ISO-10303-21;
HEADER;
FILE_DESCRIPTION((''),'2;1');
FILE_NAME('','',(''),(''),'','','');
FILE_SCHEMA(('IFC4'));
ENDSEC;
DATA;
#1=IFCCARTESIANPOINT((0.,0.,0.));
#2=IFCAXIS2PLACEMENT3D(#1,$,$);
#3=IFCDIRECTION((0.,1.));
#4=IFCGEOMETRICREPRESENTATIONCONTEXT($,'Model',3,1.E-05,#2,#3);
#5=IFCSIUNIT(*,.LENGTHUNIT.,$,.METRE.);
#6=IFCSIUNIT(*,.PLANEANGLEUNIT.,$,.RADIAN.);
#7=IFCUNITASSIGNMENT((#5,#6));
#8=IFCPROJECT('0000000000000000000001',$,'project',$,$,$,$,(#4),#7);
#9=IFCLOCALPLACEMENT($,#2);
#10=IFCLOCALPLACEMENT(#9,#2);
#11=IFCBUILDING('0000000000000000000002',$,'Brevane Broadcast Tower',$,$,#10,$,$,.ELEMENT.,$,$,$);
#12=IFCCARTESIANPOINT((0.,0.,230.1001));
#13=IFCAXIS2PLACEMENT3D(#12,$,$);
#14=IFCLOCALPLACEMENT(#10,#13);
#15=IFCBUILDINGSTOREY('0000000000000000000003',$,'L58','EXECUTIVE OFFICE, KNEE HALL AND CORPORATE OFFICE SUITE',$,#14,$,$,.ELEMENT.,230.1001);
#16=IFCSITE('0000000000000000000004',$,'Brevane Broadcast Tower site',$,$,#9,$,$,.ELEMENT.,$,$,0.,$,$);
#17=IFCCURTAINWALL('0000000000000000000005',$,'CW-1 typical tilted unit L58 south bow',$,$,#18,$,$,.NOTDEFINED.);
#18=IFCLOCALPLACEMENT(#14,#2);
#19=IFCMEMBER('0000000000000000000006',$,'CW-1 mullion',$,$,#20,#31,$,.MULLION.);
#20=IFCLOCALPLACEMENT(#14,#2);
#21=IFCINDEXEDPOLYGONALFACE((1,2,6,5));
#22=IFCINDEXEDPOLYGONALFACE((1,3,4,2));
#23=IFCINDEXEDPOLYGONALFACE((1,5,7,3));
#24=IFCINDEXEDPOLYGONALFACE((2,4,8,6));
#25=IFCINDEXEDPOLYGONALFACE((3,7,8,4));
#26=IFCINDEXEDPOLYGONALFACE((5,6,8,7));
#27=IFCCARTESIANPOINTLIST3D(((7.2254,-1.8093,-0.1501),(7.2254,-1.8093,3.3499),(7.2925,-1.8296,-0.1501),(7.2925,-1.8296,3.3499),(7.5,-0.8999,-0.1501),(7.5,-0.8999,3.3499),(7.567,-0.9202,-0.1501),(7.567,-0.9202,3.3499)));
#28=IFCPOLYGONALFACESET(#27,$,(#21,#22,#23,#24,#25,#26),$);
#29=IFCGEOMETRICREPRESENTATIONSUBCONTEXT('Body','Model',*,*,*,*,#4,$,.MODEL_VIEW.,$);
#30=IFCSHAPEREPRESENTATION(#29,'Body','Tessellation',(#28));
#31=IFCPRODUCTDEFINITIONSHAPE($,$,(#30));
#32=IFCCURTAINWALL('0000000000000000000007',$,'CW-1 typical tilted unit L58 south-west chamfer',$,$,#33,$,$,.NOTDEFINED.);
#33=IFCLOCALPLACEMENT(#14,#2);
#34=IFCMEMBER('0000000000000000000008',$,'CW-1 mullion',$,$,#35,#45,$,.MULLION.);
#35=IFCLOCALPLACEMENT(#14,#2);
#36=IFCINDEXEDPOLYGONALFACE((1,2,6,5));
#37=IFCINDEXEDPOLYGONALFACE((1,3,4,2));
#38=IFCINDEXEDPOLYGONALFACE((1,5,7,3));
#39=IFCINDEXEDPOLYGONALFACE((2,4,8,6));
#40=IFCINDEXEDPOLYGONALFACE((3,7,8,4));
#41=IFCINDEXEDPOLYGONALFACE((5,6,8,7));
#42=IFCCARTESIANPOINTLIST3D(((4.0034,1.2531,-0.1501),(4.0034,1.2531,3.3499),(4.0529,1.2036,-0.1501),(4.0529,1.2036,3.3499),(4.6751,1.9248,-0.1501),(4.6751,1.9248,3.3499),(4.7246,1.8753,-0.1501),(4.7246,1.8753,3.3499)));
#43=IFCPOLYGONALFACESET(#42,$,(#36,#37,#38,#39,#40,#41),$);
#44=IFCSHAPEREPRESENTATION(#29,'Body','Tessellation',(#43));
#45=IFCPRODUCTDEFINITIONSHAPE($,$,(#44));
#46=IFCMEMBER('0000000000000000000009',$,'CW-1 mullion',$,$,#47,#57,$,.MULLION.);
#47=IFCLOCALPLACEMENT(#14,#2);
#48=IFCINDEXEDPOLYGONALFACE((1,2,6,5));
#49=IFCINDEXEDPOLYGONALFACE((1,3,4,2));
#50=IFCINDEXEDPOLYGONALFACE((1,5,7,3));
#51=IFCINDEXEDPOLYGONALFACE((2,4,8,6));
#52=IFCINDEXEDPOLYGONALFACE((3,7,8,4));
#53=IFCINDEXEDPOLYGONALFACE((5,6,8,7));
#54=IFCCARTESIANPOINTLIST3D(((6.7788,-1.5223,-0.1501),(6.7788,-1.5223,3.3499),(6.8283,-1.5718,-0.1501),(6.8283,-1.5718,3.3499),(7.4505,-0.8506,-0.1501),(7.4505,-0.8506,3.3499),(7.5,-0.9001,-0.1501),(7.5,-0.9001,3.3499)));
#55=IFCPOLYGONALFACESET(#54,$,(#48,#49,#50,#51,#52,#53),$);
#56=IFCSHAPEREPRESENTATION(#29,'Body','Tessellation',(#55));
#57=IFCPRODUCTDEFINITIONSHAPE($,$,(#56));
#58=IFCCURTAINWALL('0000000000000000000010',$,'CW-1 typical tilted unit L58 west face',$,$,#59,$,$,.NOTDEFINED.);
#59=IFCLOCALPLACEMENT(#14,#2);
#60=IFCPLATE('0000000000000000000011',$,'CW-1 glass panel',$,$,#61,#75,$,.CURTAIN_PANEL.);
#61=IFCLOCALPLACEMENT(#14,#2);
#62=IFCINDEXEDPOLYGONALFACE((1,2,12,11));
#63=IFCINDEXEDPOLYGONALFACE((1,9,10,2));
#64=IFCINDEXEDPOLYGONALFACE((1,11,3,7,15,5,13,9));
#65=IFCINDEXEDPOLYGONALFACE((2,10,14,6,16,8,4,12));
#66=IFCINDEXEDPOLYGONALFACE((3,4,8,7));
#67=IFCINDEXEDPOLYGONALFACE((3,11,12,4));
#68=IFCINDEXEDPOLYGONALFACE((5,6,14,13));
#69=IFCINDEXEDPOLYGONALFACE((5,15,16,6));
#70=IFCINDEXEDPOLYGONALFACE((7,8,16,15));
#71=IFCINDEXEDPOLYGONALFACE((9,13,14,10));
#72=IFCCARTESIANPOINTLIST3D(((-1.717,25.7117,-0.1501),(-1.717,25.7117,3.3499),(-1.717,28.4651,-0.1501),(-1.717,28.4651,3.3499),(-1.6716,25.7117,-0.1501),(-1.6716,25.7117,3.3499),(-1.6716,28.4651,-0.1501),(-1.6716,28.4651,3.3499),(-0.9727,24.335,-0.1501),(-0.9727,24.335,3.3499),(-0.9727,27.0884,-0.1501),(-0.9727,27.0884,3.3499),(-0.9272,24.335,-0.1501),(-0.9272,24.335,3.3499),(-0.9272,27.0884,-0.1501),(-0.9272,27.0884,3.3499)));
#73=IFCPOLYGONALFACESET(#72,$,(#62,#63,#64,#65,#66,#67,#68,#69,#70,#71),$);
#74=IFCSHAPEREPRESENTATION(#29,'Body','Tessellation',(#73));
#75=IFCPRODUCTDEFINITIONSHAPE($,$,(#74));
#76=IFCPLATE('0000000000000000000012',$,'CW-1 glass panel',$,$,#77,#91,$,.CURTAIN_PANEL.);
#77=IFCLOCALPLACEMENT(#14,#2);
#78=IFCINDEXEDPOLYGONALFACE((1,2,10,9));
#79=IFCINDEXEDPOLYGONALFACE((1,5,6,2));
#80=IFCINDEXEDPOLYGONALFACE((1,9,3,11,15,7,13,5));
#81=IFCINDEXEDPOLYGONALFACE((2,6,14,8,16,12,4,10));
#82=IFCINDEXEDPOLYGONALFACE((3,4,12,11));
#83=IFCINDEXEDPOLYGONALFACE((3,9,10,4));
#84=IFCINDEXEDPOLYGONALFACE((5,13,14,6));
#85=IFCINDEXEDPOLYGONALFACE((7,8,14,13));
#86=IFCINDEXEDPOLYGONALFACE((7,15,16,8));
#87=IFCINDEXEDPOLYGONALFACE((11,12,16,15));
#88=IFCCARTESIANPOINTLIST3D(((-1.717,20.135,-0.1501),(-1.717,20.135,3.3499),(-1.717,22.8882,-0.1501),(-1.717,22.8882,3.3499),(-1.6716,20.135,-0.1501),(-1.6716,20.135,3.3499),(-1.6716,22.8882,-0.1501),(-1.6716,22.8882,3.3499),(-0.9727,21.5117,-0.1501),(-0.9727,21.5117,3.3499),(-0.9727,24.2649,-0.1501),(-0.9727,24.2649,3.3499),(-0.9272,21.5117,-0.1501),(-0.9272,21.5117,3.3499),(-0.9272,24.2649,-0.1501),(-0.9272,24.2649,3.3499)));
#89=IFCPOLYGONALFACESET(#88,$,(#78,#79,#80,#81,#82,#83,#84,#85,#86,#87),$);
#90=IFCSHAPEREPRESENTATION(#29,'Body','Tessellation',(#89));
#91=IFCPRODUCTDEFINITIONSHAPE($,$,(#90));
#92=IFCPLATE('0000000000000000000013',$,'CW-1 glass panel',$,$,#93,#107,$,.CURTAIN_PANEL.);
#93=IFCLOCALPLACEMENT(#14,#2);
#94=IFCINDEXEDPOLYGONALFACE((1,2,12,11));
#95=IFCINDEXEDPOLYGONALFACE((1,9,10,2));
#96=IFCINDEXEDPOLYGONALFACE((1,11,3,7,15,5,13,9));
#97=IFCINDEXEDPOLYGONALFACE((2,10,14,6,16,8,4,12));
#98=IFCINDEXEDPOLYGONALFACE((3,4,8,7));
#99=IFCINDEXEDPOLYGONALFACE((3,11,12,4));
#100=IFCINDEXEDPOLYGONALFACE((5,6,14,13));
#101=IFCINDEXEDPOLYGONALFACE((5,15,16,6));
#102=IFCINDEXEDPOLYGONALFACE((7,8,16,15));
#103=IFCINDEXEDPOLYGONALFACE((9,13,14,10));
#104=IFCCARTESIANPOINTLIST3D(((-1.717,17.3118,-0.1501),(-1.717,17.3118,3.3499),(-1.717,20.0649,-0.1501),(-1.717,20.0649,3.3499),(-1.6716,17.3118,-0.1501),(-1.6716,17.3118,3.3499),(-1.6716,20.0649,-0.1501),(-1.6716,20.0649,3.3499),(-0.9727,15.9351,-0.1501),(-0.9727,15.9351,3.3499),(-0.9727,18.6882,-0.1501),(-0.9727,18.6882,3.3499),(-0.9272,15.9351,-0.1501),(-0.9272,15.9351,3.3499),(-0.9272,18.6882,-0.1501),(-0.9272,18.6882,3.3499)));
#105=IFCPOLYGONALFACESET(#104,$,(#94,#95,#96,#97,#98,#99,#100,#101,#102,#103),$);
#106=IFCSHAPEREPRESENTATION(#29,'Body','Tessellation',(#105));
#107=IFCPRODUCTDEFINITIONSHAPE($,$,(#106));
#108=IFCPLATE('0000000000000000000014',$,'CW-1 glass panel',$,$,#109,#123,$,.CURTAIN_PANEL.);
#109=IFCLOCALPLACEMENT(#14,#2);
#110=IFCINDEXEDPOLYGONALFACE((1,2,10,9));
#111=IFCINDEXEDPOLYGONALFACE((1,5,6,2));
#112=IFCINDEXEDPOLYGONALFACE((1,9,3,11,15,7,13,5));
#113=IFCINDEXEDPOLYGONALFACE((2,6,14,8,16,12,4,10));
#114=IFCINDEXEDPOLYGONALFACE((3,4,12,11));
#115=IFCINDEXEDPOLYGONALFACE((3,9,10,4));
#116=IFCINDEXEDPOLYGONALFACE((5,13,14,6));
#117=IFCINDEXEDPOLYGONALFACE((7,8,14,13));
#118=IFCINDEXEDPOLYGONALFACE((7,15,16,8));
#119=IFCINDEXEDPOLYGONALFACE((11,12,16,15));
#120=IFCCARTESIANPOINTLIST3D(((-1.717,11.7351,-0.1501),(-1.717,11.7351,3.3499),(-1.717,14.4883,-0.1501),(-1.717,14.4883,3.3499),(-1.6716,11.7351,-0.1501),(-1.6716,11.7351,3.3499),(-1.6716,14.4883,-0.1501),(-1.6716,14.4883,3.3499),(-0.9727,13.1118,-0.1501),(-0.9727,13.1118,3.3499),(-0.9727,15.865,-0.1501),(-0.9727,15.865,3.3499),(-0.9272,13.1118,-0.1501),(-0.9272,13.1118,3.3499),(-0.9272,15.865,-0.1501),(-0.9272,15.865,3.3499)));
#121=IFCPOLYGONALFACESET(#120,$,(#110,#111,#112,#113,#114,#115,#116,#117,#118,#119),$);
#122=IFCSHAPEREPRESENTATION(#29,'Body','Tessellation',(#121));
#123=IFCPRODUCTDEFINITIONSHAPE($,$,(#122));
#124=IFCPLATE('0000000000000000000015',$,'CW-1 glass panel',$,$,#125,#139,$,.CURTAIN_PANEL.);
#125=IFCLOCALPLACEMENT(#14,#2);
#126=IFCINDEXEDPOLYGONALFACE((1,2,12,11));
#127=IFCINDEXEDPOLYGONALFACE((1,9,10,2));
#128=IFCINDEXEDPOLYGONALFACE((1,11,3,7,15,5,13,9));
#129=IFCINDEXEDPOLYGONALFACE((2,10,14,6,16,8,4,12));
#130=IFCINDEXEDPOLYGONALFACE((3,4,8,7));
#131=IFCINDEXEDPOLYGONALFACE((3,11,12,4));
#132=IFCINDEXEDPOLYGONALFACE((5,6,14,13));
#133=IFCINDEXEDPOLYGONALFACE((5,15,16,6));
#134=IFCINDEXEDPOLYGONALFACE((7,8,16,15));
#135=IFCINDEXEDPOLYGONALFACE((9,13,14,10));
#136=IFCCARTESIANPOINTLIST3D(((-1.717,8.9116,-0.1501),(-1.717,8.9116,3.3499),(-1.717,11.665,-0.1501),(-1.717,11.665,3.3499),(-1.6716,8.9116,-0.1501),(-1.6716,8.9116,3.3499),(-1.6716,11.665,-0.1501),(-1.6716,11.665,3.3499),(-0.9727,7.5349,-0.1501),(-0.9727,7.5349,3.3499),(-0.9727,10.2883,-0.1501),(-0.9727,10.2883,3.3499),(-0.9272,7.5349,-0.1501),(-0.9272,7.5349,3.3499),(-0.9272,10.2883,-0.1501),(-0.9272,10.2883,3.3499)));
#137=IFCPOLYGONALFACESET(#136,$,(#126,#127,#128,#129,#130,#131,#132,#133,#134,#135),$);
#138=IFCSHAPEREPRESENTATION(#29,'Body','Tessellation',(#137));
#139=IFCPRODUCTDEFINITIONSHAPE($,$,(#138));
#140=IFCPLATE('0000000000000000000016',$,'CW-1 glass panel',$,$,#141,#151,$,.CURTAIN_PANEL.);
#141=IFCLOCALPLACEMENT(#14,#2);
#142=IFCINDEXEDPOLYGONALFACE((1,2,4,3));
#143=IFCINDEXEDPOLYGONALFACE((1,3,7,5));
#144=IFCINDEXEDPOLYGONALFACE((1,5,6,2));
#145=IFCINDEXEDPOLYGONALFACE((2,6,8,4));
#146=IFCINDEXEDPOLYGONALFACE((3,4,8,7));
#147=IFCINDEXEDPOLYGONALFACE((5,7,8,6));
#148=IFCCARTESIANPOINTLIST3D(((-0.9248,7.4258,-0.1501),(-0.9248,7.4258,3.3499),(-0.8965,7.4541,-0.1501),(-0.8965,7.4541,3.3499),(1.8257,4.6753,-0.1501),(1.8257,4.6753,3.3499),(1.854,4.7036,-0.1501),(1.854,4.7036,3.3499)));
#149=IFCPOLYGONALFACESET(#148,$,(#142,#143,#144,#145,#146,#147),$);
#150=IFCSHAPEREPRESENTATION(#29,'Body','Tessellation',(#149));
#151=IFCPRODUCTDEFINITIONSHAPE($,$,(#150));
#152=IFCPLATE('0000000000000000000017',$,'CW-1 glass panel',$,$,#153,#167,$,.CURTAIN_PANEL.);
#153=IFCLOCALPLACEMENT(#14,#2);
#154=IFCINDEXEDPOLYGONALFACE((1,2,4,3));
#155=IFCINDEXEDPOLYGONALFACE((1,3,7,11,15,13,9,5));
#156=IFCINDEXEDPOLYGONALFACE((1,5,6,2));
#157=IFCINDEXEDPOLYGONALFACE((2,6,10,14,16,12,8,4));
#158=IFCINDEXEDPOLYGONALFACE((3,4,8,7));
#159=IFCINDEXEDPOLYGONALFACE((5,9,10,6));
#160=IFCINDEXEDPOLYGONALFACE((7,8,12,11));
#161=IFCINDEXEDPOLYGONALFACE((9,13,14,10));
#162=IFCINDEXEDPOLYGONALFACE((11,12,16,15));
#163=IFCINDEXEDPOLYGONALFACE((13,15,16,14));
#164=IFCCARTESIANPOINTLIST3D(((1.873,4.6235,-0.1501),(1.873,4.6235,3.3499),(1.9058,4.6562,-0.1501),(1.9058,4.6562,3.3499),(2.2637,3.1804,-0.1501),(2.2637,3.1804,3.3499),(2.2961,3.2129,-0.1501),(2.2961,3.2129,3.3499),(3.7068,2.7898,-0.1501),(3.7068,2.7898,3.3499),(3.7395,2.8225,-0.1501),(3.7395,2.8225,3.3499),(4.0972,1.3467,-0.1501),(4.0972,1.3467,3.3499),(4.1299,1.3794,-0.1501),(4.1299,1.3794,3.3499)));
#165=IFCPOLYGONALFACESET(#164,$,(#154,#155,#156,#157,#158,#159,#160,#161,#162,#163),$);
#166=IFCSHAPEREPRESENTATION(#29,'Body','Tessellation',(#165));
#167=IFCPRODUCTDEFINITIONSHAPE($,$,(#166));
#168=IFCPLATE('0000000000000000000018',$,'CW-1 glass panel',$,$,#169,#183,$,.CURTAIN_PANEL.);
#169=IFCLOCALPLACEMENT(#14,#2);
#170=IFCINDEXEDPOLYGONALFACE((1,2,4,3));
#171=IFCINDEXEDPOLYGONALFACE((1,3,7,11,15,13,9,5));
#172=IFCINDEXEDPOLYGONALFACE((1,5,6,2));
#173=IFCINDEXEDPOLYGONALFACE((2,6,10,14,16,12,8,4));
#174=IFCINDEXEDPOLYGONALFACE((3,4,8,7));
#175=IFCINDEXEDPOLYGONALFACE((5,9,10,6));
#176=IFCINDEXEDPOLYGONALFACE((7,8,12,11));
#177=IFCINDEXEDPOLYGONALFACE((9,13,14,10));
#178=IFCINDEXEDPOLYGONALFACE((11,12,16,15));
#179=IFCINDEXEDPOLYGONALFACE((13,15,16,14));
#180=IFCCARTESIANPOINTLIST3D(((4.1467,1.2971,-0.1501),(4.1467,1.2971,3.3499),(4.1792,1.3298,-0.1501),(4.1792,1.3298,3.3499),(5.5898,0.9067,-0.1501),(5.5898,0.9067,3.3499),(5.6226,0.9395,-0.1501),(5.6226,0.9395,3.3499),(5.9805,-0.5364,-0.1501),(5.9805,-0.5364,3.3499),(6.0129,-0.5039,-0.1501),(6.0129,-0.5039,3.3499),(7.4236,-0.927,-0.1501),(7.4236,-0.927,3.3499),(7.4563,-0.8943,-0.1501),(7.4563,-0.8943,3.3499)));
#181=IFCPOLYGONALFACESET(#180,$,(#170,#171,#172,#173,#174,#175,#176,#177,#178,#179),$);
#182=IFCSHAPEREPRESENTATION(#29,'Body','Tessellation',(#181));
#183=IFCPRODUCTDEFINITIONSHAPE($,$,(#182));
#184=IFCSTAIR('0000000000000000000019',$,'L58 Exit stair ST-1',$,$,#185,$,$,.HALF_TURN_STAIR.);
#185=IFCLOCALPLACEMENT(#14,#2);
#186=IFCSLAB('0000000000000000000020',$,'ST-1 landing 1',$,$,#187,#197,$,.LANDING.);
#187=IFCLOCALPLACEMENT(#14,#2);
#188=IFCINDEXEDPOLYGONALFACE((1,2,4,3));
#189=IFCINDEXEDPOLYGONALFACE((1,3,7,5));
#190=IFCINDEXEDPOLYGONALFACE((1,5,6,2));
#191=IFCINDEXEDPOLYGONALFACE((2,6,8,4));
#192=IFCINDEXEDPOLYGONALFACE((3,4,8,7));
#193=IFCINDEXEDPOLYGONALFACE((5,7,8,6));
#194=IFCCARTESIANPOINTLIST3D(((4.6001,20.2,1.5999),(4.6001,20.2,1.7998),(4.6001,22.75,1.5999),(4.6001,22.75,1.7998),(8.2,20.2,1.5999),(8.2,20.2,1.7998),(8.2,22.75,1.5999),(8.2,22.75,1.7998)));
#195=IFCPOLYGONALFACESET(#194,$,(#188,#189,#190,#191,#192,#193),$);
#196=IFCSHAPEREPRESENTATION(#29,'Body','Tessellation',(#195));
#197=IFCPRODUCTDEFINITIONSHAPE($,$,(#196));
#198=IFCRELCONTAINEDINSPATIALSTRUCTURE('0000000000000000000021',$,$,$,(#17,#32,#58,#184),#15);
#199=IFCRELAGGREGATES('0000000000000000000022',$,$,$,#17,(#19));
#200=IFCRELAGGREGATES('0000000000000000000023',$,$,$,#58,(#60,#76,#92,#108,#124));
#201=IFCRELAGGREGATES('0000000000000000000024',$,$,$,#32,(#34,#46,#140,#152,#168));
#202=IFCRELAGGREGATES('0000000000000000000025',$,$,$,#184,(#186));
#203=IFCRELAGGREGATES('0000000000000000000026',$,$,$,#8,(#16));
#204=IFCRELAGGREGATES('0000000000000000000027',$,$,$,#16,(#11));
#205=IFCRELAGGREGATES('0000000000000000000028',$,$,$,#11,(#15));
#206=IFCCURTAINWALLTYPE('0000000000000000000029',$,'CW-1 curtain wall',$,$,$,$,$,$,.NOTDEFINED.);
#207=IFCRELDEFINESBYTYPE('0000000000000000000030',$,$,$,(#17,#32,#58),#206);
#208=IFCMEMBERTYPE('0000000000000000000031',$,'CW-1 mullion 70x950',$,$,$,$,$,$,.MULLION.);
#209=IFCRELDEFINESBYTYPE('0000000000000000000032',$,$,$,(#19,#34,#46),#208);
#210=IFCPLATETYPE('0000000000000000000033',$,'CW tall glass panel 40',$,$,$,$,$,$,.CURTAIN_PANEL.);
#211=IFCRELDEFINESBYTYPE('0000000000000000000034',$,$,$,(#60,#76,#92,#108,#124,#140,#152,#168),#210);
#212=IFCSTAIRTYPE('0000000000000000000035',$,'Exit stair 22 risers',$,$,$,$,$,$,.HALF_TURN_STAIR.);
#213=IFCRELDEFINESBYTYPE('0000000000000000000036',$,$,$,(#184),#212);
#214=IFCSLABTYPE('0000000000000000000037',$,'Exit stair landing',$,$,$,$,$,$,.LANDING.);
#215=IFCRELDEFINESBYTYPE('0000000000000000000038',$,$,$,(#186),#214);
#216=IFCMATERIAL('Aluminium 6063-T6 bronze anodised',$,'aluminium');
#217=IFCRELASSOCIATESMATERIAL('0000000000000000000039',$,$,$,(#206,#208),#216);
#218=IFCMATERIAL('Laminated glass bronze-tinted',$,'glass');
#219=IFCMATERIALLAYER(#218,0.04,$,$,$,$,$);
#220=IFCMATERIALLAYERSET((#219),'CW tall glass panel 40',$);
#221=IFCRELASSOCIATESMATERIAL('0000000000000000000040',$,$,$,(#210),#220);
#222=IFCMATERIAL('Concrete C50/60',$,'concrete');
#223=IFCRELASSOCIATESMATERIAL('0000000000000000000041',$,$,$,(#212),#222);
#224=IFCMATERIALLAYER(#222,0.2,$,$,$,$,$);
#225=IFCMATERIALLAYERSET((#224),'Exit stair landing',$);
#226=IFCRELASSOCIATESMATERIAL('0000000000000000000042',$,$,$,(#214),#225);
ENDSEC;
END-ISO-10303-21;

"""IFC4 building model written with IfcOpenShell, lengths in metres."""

from ifc_helpers import new_model, si_unit, direction, frame, origin, origin_2d, place, context, subcontext, project, spatial, polyline, rectangle, outline, extrude, material, layer, layer_set, material_profile, profile_set, type_object, element, aggregate, save


model = new_model("IFC4")

# Units and contexts
model_context = context("Model", 3, precision=1e-05, world=origin(), true_north=direction((0.0, 1.0)))
body_context = subcontext(model_context, "Body", "Model", "MODEL_VIEW")
ifc_project = project(units=[si_unit("LENGTHUNIT", "METRE"), si_unit("PLANEANGLEUNIT", "RADIAN")], contexts=[model_context])

# Site, building, storey
site_placement = place(None, origin())
site = spatial("IfcSite", under=ifc_project, at=site_placement, Name="Brevane Broadcast Tower site", CompositionType="ELEMENT", RefElevation=0.0)
building_placement = place(site_placement, origin())
building = spatial("IfcBuilding", under=site, at=building_placement, Name="Brevane Broadcast Tower", CompositionType="ELEMENT")
storey_placement = place(building_placement, frame((0.0, 0.0, 230.1001)))
storey = spatial("IfcBuildingStorey", under=building, at=storey_placement, Name="L58", Description="EXECUTIVE OFFICE, KNEE HALL AND CORPORATE OFFICE SUITE", CompositionType="ELEMENT", Elevation=230.1001)

# Curtain wall, member
ifc_material_1 = material(Name="Aluminium 6063-T6 bronze anodised", Category="aluminium")
curtain_wall_type = type_object("IfcCurtainWallType", Name="CW-1 curtain wall", PredefinedType="NOTDEFINED", material=ifc_material_1)
curtain_wall_1_placement = place(storey_placement, origin())
curtain_wall_1 = element("IfcCurtainWall", 1, at=curtain_wall_1_placement, inside=storey, type_object=curtain_wall_type, Name="CW-1 typical tilted unit L58 south bow", PredefinedType="NOTDEFINED")
ifc_material_profile = material_profile(ifc_material_1, rectangle(XDim=0.95, YDim=0.0701, at=origin_2d()), Name="RECT 70x950")
ifc_profile_set = profile_set([ifc_material_profile], Name="Aluminium 6063-T6 bronze anodised")
member_type = type_object("IfcMemberType", Name="CW-1 mullion 70x950", PredefinedType="MULLION", material=ifc_profile_set)
member_1_placement = place(storey_placement, frame((7.3962, -1.3647, -0.1501), z_axis=(0.0, 0.0, 1.0), x_axis=(0.288968, 0.957339, 0.0)))
member_1 = element("IfcMember", 2, at=member_1_placement, type_object=member_type, Name="CW-1 mullion", PredefinedType="MULLION", context=body_context, shape_type="SweptSolid", body=[
    extrude(rectangle(XDim=0.95, YDim=0.0701, at=origin_2d()), origin(), (0.0, 0.0, 1.0), 3.5),
])
aggregate(curtain_wall_1, [member_1])

# Curtain wall, members
curtain_wall_2_placement = place(storey_placement, origin())
curtain_wall_2 = element("IfcCurtainWall", 3, at=curtain_wall_2_placement, inside=storey, type_object=curtain_wall_type, Name="CW-1 typical tilted unit L58 south-west chamfer", PredefinedType="NOTDEFINED")
member_2_placement = place(storey_placement, frame((4.364, 1.5642, -0.1501), z_axis=(0.0, 0.0, 1.0), x_axis=(0.707107, 0.707107, 0.0)))
member_2 = element("IfcMember", 4, at=member_2_placement, type_object=member_type, Name="CW-1 mullion", PredefinedType="MULLION", context=body_context, shape_type="SweptSolid", body=[
    extrude(rectangle(XDim=0.95, YDim=0.0701, at=origin_2d()), origin(), (0.0, 0.0, 1.0), 3.5),
])
member_3_placement = place(storey_placement, frame((7.1394, -1.2112, -0.1501), z_axis=(0.0, 0.0, 1.0), x_axis=(0.707107, 0.707107, 0.0)))
member_3 = element("IfcMember", 5, at=member_3_placement, type_object=member_type, Name="CW-1 mullion", PredefinedType="MULLION", context=body_context, shape_type="SweptSolid", body=[
    extrude(rectangle(XDim=0.95, YDim=0.0701, at=origin_2d()), origin(), (0.0, 0.0, 1.0), 3.5),
])

# Curtain wall, plates
curtain_wall_3_placement = place(storey_placement, origin())
curtain_wall_3 = element("IfcCurtainWall", 6, at=curtain_wall_3_placement, inside=storey, type_object=curtain_wall_type, Name="CW-1 typical tilted unit L58 west face", PredefinedType="NOTDEFINED")
ifc_material_2 = material(Name="Laminated glass bronze-tinted", Category="glass")
ifc_layer_1 = layer(ifc_material_2, 0.04)
ifc_layer_set_1 = layer_set([ifc_layer_1], Name="CW tall glass panel 40")
plate_type = type_object("IfcPlateType", Name="CW tall glass panel 40", PredefinedType="CURTAIN_PANEL", material=ifc_layer_set_1)
plate_1_placement = place(storey_placement, frame((0.0, 0.0, -0.1501)))
plate_1 = element("IfcPlate", 7, at=plate_1_placement, type_object=plate_type, Name="CW-1 glass panel", PredefinedType="CURTAIN_PANEL", context=body_context, shape_type="SweptSolid", body=[
    extrude(outline(polyline([(-1.6716, 28.4651), (-1.717, 28.4651), (-0.9727, 27.0884), (-1.717, 25.7117), (-0.9727, 24.335), (-0.9272, 24.335), (-1.6716, 25.7117), (-0.9272, 27.0884), (-1.6716, 28.4651)])), origin(), (0.0, 0.0, 1.0), 3.5),
])
plate_2_placement = place(storey_placement, frame((0.0, 0.0, -0.1501)))
plate_2 = element("IfcPlate", 8, at=plate_2_placement, type_object=plate_type, Name="CW-1 glass panel", PredefinedType="CURTAIN_PANEL", context=body_context, shape_type="SweptSolid", body=[
    extrude(outline(polyline([(-0.9272, 24.2649), (-0.9727, 24.2649), (-1.717, 22.8882), (-0.9727, 21.5117), (-1.717, 20.135), (-1.6716, 20.135), (-0.9272, 21.5117), (-1.6716, 22.8882), (-0.9272, 24.2649)])), origin(), (0.0, 0.0, 1.0), 3.5),
])
plate_3_placement = place(storey_placement, frame((0.0, 0.0, -0.1501)))
plate_3 = element("IfcPlate", 9, at=plate_3_placement, type_object=plate_type, Name="CW-1 glass panel", PredefinedType="CURTAIN_PANEL", context=body_context, shape_type="SweptSolid", body=[
    extrude(outline(polyline([(-1.6716, 20.0649), (-1.717, 20.0649), (-0.9727, 18.6882), (-1.717, 17.3118), (-0.9727, 15.9351), (-0.9272, 15.9351), (-1.6716, 17.3118), (-0.9272, 18.6882), (-1.6716, 20.0649)])), origin(), (0.0, 0.0, 1.0), 3.5),
])
plate_4_placement = place(storey_placement, frame((0.0, 0.0, -0.1501)))
plate_4 = element("IfcPlate", 10, at=plate_4_placement, type_object=plate_type, Name="CW-1 glass panel", PredefinedType="CURTAIN_PANEL", context=body_context, shape_type="SweptSolid", body=[
    extrude(outline(polyline([(-0.9272, 15.865), (-0.9727, 15.865), (-1.717, 14.4883), (-0.9727, 13.1118), (-1.717, 11.7351), (-1.6716, 11.7351), (-0.9272, 13.1118), (-1.6716, 14.4883), (-0.9272, 15.865)])), origin(), (0.0, 0.0, 1.0), 3.5),
])
plate_5_placement = place(storey_placement, frame((0.0, 0.0, -0.1501)))
plate_5 = element("IfcPlate", 11, at=plate_5_placement, type_object=plate_type, Name="CW-1 glass panel", PredefinedType="CURTAIN_PANEL", context=body_context, shape_type="SweptSolid", body=[
    extrude(outline(polyline([(-1.6716, 11.665), (-1.717, 11.665), (-0.9727, 10.2883), (-1.717, 8.9116), (-0.9727, 7.5349), (-0.9272, 7.5349), (-1.6716, 8.9116), (-0.9272, 10.2883), (-1.6716, 11.665)])), origin(), (0.0, 0.0, 1.0), 3.5),
])
aggregate(curtain_wall_3, [plate_1, plate_2, plate_3, plate_4, plate_5])

# Plates
plate_6_placement = place(storey_placement, frame((0.0, 0.0, -0.1501)))
plate_6 = element("IfcPlate", 12, at=plate_6_placement, type_object=plate_type, Name="CW-1 glass panel", PredefinedType="CURTAIN_PANEL", context=body_context, shape_type="SweptSolid", body=[
    extrude(outline(polyline([(-0.8965, 7.4541), (1.854, 4.7036), (1.8257, 4.6753), (-0.9248, 7.4258), (-0.8965, 7.4541)])), origin(), (0.0, 0.0, 1.0), 3.5),
])
plate_7_placement = place(storey_placement, frame((0.0, 0.0, -0.1501)))
plate_7 = element("IfcPlate", 13, at=plate_7_placement, type_object=plate_type, Name="CW-1 glass panel", PredefinedType="CURTAIN_PANEL", context=body_context, shape_type="SweptSolid", body=[
    extrude(outline(polyline([(1.9058, 4.6562), (1.873, 4.6235), (2.2637, 3.1804), (3.7068, 2.7898), (4.0972, 1.3467), (4.1299, 1.3794), (3.7395, 2.8225), (2.2961, 3.2129), (1.9058, 4.6562)])), origin(), (0.0, 0.0, 1.0), 3.5),
])
plate_8_placement = place(storey_placement, frame((0.0, 0.0, -0.1501)))
plate_8 = element("IfcPlate", 14, at=plate_8_placement, type_object=plate_type, Name="CW-1 glass panel", PredefinedType="CURTAIN_PANEL", context=body_context, shape_type="SweptSolid", body=[
    extrude(outline(polyline([(4.1792, 1.3298), (4.1467, 1.2971), (5.5898, 0.9067), (5.9805, -0.5364), (7.4236, -0.927), (7.4563, -0.8943), (6.0129, -0.5039), (5.6226, 0.9395), (4.1792, 1.3298)])), origin(), (0.0, 0.0, 1.0), 3.5),
])
aggregate(curtain_wall_2, [member_2, member_3, plate_6, plate_7, plate_8])

# Stair, slab
ifc_material_3 = material(Name="Concrete C50/60", Category="concrete")
stair_type = type_object("IfcStairType", Name="Exit stair 22 risers", PredefinedType="HALF_TURN_STAIR", material=ifc_material_3)
stair_1_placement = place(storey_placement, origin())
stair_1 = element("IfcStair", 15, at=stair_1_placement, inside=storey, type_object=stair_type, Name="L58 Exit stair ST-1", PredefinedType="HALF_TURN_STAIR")
ifc_layer_2 = layer(ifc_material_3, 0.2)
ifc_layer_set_2 = layer_set([ifc_layer_2], Name="Exit stair landing")
slab_type_1 = type_object("IfcSlabType", Name="Exit stair landing", PredefinedType="LANDING", material=ifc_layer_set_2)
slab_1_placement = place(storey_placement, frame((0.0, 0.0, 1.5999)))
slab_1 = element("IfcSlab", 16, at=slab_1_placement, type_object=slab_type_1, Name="ST-1 landing 1", PredefinedType="LANDING", context=body_context, shape_type="SweptSolid", body=[
    extrude(outline(polyline([(4.6001, 20.2), (8.2, 20.2), (8.2, 22.75), (4.6001, 22.75), (4.6001, 20.2)])), origin(), (0.0, 0.0, 1.0), 0.2),
])
aggregate(stair_1, [slab_1])

save(model, "model.ifc")
